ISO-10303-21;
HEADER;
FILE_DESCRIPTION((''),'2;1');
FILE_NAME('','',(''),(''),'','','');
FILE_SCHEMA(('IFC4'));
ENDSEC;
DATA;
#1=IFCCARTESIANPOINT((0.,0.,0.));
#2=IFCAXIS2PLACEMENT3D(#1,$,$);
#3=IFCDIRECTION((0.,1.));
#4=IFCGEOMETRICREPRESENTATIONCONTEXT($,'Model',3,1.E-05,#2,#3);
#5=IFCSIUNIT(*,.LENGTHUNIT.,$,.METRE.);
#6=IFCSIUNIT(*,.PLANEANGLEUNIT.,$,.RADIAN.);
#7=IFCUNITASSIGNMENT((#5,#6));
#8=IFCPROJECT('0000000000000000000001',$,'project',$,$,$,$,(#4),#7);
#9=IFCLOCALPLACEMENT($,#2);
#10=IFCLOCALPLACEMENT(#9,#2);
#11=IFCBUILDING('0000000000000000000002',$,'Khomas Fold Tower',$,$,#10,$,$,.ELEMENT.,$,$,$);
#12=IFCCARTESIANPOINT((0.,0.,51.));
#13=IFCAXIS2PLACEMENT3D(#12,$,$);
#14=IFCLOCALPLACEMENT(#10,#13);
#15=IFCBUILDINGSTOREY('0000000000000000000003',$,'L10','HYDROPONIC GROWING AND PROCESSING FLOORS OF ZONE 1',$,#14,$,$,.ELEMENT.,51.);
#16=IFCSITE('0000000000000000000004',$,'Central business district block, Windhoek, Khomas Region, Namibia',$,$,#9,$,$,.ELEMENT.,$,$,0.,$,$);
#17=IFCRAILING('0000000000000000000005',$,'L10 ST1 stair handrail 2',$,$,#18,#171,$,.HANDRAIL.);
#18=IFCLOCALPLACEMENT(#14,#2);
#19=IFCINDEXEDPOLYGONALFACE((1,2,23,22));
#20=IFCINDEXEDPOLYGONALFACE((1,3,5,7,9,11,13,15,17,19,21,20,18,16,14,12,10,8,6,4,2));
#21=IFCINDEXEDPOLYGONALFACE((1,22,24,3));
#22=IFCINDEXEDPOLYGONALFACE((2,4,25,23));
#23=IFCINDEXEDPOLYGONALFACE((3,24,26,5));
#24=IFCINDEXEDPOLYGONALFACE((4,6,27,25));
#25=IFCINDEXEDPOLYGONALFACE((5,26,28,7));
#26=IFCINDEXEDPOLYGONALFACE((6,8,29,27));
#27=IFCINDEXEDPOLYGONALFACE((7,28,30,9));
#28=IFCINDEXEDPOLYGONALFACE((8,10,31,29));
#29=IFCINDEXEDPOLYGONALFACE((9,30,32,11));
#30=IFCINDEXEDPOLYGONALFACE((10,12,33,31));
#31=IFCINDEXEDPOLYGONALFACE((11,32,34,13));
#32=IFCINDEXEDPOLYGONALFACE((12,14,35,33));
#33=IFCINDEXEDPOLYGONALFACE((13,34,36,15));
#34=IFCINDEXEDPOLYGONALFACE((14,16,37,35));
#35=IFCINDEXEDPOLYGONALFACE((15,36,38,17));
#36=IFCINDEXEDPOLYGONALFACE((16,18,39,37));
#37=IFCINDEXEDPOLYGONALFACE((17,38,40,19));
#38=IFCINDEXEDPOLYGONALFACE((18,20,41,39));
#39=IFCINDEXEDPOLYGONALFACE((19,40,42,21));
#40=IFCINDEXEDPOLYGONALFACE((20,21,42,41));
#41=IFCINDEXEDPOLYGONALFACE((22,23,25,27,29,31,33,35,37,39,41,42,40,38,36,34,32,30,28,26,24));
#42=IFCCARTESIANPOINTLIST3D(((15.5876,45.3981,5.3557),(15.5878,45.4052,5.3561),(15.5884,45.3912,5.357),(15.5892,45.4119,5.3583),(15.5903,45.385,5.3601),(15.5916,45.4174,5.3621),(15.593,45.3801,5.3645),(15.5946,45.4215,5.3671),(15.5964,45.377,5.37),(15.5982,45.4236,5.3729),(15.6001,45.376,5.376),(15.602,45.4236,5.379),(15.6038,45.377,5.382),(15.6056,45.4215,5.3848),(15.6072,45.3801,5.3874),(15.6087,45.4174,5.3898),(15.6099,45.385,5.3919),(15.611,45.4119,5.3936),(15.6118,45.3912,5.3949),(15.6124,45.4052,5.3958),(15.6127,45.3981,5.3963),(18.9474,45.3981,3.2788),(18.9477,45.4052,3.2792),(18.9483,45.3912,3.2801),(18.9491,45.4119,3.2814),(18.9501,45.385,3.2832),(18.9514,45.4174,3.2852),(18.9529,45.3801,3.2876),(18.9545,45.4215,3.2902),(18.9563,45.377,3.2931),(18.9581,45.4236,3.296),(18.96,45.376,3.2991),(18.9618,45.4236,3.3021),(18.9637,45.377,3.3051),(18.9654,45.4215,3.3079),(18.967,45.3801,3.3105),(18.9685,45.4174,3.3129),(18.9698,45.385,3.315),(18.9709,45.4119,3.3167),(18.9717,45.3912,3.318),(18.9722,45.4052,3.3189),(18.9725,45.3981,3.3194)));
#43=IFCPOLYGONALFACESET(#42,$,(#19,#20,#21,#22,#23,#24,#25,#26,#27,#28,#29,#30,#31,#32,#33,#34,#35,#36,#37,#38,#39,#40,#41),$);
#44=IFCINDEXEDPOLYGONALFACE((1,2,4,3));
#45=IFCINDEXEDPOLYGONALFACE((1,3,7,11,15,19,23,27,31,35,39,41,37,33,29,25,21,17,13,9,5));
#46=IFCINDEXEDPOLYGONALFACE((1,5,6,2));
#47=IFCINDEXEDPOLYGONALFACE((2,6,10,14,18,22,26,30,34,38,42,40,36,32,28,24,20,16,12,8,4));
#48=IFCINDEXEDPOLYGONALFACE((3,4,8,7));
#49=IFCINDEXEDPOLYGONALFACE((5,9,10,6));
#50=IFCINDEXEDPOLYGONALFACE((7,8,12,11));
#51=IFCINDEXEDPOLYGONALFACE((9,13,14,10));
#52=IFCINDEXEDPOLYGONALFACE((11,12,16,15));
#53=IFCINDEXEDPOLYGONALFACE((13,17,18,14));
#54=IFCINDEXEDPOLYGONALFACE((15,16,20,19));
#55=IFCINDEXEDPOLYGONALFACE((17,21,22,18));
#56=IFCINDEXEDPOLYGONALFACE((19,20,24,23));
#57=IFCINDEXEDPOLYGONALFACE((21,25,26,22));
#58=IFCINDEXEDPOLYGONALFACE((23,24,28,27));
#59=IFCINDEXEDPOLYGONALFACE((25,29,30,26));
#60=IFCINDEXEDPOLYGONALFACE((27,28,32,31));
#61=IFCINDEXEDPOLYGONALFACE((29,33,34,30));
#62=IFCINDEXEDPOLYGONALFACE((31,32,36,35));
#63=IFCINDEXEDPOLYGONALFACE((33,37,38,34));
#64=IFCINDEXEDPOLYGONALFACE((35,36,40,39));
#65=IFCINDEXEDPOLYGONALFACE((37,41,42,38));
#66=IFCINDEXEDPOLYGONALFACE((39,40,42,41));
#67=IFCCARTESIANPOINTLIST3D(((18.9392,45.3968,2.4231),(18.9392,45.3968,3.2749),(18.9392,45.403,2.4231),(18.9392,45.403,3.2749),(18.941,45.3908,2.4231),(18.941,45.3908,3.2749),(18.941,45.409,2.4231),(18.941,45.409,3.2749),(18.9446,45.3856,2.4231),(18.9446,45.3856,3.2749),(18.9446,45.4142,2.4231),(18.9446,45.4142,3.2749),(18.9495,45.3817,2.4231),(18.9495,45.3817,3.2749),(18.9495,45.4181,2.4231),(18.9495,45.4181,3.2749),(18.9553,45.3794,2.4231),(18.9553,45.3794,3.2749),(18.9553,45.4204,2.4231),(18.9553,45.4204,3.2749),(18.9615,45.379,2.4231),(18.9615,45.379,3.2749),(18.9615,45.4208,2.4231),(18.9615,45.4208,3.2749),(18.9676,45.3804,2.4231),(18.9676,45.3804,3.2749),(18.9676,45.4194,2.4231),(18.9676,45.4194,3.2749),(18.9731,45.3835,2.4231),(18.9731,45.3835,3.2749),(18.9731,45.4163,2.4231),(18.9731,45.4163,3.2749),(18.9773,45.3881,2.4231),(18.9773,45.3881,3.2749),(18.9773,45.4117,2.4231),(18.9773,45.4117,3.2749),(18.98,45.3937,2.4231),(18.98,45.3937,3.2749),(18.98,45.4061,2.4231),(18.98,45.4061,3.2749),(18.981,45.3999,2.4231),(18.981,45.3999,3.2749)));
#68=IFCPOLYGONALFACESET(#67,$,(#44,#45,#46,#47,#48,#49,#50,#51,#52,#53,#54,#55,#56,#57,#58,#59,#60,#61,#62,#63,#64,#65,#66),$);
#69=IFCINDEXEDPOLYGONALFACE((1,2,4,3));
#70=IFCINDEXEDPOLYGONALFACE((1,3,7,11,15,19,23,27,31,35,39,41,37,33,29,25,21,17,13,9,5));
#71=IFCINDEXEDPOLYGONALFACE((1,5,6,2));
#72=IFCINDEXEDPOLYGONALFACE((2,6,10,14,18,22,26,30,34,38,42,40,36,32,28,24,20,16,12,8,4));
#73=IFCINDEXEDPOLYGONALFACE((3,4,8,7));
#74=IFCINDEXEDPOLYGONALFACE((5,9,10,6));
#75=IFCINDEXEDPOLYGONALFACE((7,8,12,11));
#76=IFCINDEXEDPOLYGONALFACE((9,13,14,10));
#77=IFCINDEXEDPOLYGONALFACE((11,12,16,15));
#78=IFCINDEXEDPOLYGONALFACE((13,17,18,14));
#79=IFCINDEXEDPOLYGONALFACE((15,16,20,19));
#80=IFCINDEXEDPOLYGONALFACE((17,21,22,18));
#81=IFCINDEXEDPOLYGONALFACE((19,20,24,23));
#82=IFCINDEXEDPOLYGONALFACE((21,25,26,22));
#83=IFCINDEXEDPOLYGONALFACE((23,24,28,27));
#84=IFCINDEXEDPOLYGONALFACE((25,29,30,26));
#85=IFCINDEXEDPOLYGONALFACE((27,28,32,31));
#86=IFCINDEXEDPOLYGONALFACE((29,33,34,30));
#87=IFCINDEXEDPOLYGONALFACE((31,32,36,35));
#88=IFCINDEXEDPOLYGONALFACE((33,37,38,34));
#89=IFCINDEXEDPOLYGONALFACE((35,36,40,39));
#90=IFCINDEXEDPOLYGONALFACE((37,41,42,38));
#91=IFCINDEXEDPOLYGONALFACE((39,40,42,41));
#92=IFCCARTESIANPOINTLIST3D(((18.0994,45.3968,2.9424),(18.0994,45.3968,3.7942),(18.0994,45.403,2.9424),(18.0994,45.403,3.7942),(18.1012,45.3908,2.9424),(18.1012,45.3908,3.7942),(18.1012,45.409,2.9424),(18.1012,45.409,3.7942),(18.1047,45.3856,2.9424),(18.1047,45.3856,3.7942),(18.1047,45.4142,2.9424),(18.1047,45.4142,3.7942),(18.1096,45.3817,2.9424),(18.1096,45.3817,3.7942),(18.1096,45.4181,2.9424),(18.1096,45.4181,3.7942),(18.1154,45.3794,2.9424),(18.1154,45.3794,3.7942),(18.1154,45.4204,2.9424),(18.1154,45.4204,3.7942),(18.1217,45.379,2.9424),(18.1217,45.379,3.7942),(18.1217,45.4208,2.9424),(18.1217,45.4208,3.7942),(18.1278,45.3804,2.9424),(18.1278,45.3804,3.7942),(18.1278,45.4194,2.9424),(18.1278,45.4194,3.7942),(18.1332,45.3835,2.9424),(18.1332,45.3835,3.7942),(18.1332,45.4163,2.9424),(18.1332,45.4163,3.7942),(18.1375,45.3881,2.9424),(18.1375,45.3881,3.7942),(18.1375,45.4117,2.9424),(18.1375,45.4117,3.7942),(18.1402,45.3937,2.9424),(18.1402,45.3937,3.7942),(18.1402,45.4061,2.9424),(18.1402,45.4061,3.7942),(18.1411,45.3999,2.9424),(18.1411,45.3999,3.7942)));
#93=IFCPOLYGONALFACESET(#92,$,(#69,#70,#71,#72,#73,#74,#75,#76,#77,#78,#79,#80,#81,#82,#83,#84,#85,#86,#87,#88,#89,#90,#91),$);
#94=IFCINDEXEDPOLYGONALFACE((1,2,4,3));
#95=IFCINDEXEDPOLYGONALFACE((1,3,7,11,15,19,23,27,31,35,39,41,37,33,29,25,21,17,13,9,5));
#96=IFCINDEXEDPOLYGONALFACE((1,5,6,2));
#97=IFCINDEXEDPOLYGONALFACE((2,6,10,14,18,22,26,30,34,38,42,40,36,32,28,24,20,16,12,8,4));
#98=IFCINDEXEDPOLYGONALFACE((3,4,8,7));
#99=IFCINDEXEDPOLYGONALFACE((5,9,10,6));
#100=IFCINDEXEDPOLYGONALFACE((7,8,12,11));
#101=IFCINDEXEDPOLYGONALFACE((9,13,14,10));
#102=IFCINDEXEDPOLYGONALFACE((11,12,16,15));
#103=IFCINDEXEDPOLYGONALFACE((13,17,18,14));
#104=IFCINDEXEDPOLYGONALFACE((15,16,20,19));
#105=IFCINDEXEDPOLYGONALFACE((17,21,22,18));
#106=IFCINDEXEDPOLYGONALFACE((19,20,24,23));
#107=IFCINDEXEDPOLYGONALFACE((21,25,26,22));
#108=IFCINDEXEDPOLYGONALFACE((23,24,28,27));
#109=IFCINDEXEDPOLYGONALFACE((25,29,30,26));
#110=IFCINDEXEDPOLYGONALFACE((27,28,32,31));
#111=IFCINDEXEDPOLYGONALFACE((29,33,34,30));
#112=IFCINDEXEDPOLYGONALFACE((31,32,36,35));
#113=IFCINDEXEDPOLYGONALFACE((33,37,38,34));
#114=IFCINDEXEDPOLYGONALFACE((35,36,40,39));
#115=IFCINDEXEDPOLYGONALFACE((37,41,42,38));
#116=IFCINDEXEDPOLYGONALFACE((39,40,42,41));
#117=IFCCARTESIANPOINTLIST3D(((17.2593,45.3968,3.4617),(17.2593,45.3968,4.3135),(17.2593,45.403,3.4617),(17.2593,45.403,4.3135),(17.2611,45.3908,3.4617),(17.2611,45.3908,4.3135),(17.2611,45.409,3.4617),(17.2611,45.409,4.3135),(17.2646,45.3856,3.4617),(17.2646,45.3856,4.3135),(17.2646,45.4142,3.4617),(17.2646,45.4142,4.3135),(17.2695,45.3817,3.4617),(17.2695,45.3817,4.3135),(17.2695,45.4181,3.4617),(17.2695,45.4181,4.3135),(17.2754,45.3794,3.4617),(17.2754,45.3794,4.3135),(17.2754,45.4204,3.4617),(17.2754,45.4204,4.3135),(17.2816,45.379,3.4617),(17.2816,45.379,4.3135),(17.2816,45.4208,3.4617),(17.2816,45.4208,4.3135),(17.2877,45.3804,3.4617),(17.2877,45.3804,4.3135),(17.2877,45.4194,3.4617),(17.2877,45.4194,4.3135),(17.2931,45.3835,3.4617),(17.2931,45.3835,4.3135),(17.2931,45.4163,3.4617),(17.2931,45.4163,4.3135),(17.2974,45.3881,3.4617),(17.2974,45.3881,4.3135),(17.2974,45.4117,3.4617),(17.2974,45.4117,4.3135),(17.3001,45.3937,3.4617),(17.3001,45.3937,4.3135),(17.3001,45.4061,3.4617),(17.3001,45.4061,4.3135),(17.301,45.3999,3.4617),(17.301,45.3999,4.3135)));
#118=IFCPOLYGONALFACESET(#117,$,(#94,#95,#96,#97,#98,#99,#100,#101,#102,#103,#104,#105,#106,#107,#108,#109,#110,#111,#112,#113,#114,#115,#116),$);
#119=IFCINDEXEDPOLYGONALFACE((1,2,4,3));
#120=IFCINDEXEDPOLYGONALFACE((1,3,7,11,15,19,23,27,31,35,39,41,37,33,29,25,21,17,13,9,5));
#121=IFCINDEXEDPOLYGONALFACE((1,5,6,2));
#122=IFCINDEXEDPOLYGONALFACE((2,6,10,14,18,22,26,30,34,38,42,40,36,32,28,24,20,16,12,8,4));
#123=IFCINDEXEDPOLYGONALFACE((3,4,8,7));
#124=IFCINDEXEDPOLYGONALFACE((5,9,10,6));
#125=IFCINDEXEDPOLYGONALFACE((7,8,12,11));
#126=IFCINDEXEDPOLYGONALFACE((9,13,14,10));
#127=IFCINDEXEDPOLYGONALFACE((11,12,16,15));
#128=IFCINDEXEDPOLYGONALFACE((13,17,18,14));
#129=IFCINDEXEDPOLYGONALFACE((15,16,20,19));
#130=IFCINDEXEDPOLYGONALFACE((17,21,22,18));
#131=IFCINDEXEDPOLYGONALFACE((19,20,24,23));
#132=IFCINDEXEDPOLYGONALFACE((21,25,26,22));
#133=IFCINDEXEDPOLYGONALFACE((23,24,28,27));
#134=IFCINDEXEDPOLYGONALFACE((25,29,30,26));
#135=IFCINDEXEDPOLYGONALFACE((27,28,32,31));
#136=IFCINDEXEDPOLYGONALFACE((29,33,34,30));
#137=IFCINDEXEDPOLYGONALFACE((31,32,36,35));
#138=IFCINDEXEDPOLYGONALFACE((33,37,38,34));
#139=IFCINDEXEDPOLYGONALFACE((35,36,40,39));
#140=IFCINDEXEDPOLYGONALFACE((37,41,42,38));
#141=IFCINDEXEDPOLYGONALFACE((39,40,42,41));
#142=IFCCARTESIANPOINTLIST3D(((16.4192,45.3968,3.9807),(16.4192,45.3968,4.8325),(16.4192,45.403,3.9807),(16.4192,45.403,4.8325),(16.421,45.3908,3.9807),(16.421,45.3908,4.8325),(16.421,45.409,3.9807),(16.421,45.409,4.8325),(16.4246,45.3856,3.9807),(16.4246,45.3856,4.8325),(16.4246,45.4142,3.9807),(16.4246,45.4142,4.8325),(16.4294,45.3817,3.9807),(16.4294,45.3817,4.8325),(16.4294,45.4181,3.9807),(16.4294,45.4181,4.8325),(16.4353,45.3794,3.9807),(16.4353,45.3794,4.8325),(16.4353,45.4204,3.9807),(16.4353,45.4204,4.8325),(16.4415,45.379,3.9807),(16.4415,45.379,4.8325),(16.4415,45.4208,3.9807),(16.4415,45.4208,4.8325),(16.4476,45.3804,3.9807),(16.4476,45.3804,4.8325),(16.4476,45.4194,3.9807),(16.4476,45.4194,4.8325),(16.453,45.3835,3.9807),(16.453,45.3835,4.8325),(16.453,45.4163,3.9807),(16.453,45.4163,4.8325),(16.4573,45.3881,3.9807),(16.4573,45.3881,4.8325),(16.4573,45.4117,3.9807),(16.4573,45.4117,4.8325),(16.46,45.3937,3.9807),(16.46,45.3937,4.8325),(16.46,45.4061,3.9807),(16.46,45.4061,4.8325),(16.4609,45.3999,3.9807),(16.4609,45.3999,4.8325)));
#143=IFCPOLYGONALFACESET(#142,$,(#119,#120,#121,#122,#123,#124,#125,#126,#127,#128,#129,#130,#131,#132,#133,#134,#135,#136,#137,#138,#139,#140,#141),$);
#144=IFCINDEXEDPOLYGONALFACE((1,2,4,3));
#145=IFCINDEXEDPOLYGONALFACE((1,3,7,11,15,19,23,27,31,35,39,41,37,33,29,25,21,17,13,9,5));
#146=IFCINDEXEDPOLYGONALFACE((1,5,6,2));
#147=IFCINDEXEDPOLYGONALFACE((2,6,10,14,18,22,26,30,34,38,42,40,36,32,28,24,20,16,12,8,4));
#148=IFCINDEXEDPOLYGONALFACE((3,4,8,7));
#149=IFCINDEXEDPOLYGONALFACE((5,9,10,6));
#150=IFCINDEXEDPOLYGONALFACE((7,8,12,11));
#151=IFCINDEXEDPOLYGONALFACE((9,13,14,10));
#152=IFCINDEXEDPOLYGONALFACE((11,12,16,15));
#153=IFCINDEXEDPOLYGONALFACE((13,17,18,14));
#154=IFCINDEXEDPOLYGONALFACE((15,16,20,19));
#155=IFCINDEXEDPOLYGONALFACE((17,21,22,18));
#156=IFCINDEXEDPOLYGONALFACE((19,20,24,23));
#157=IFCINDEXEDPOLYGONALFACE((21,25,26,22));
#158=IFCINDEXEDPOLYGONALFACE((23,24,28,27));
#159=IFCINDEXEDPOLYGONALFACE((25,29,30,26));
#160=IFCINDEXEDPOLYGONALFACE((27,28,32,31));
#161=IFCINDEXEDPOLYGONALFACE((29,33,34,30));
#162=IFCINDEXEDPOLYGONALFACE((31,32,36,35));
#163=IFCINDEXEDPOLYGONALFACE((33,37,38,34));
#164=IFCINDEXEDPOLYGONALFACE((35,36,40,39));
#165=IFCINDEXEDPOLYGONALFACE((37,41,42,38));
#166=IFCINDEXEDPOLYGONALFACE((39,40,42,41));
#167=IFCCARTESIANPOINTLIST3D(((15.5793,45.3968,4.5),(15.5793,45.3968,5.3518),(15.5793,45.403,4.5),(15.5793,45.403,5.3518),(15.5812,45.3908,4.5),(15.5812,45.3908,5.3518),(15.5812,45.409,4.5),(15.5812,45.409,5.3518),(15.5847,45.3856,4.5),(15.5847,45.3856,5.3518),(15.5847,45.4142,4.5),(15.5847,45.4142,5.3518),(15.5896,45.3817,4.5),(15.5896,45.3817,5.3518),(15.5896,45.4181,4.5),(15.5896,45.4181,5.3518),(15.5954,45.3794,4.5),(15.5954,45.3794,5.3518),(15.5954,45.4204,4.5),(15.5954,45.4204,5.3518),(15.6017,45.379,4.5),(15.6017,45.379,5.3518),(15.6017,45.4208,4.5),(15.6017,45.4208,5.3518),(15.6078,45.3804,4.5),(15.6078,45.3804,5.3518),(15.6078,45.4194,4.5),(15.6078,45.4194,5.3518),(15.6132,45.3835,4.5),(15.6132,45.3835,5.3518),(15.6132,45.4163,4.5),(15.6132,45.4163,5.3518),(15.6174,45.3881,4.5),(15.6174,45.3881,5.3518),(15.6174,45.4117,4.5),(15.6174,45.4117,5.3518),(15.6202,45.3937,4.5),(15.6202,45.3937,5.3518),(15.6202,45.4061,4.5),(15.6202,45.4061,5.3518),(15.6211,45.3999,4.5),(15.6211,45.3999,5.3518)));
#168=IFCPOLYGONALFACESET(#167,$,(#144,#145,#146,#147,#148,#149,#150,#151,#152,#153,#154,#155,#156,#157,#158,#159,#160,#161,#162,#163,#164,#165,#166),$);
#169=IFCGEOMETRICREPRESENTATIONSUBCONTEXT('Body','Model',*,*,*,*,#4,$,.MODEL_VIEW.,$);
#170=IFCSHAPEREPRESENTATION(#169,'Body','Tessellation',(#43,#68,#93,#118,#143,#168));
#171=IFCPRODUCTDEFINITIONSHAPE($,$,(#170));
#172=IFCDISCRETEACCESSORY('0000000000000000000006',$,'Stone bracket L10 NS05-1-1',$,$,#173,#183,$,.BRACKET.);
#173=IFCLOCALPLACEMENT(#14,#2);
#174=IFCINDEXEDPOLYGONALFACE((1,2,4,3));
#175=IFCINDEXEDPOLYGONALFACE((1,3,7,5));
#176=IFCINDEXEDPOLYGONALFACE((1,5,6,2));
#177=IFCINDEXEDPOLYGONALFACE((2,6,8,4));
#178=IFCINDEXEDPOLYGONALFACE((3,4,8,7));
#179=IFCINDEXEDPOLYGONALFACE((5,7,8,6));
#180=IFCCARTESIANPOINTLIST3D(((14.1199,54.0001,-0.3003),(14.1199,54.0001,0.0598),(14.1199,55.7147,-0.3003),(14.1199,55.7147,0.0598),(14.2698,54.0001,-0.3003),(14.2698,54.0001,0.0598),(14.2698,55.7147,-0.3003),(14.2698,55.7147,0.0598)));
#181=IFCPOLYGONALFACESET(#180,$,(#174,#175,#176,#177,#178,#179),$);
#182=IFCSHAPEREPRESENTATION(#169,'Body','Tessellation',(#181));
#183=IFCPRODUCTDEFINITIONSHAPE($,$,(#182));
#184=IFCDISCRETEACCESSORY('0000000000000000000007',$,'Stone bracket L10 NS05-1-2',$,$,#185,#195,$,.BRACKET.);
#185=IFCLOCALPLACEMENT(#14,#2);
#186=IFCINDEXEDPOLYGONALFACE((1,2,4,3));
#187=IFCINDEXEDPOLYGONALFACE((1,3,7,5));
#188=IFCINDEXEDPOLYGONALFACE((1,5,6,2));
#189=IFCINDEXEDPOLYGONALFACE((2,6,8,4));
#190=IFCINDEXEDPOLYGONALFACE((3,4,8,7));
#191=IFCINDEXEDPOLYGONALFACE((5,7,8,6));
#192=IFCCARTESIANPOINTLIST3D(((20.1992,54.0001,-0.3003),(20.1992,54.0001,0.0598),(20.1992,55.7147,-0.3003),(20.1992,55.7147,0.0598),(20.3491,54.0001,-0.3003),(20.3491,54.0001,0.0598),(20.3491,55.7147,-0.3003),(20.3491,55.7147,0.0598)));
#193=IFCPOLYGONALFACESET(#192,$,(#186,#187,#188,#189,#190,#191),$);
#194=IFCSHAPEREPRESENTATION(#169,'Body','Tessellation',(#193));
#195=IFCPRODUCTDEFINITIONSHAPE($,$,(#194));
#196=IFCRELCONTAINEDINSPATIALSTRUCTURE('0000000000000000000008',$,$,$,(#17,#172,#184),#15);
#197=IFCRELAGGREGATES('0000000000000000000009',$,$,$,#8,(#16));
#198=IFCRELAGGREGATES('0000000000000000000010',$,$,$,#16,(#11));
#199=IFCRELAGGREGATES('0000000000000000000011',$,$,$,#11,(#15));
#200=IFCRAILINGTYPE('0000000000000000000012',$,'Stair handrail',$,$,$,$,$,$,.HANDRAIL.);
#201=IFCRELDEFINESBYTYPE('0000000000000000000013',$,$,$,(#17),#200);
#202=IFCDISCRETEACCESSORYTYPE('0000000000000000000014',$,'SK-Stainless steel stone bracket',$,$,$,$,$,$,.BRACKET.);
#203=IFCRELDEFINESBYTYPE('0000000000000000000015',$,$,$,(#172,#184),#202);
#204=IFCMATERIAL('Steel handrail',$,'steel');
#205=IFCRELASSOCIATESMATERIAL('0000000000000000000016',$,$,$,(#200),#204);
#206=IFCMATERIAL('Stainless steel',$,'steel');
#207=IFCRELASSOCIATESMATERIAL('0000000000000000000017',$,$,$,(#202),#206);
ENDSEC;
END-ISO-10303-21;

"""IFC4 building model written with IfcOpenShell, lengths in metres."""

from ifc_helpers import new_model, si_unit, direction, frame, origin, origin_2d, place, context, subcontext, project, spatial, rectangle, circle, extrude, source, transform, mapped, material, type_object, element, save


model = new_model("IFC4")

# Units and contexts
model_context = context("Model", 3, precision=1e-05, world=origin(), true_north=direction((0.0, 1.0)))
body_context = subcontext(model_context, "Body", "Model", "MODEL_VIEW")
ifc_project = project(units=[si_unit("LENGTHUNIT", "METRE"), si_unit("PLANEANGLEUNIT", "RADIAN")], contexts=[model_context])

# Site, building, storey
site_placement = place(None, origin())
site = spatial("IfcSite", under=ifc_project, at=site_placement, Name="Central business district block, Windhoek, Khomas Region, Namibia", CompositionType="ELEMENT", RefElevation=0.0)
building_placement = place(site_placement, origin())
building = spatial("IfcBuilding", under=site, at=building_placement, Name="Khomas Fold Tower", CompositionType="ELEMENT")
storey_placement = place(building_placement, frame((0.0, 0.0, 51.0)))
storey = spatial("IfcBuildingStorey", under=building, at=storey_placement, Name="L10", Description="HYDROPONIC GROWING AND PROCESSING FLOORS OF ZONE 1", CompositionType="ELEMENT", Elevation=51.0)

# Railing
ifc_material_1 = material(Name="Steel handrail", Category="steel")
railing_type_1 = type_object("IfcRailingType", Name="Stair handrail", PredefinedType="HANDRAIL", material=ifc_material_1)
shared_shape_1 = source(origin(), body_context, "Body", "SweptSolid", [
    extrude(circle(Radius=0.0239, at=origin_2d()), frame((0.0, 0.0, 0.876), z_axis=(-0.850606, 0.0, 0.525803), x_axis=(0.0, -1.0, 0.0)), (0.0, 0.0, 1.0), 3.95),
    extrude(circle(Radius=0.021, at=origin_2d()), origin(), (0.0, 0.0, 1.0), 0.8518),
    extrude(circle(Radius=0.021, at=origin_2d()), frame((-0.8398, 0.0, 0.5193)), (0.0, 0.0, 1.0), 0.8518),
    extrude(circle(Radius=0.021, at=origin_2d()), frame((-1.6799, 0.0, 1.0386)), (0.0, 0.0, 1.0), 0.8518),
    extrude(circle(Radius=0.021, at=origin_2d()), frame((-2.52, 0.0, 1.5576)), (0.0, 0.0, 1.0), 0.8518),
    extrude(circle(Radius=0.021, at=origin_2d()), frame((-3.3599, 0.0, 2.0769)), (0.0, 0.0, 1.0), 0.8518),
])
railing_1_placement = place(storey_placement, frame((18.96, 45.3999, 2.4231)))
element("IfcRailing", 1, at=railing_1_placement, inside=storey, type_object=railing_type_1, Name="L10 ST1 stair handrail 2", PredefinedType="HANDRAIL", context=body_context, shape_type="MappedRepresentation", body=[
    mapped(shared_shape_1, transform((0.0, 0.0, 0.0))),
])

# Discrete accessories
ifc_material_2 = material(Name="Stainless steel", Category="steel")
discrete_accessory_type = type_object("IfcDiscreteAccessoryType", Name="SK-Stainless steel stone bracket", PredefinedType="BRACKET", material=ifc_material_2)
shared_shape_2 = source(origin(), body_context, "Body", "SweptSolid", [
    extrude(rectangle(XDim=1.7146, YDim=0.1499, at=origin_2d()), origin(), (0.0, 0.0, 1.0), 0.3601),
])
for number, where, z_axis, x_axis, name in (
    (2, (14.1948, 54.8574, -0.3003), (0.0, 0.0, 1.0), (0.0, 1.0, 0.0), "Stone bracket L10 NS05-1-1"),
    (3, (20.2742, 54.8574, -0.3003), (0.0, 0.0, 1.0), (0.0, 1.0, 0.0), "Stone bracket L10 NS05-1-2"),
):
    element("IfcDiscreteAccessory", number, at=place(storey_placement, frame(where, z_axis=z_axis, x_axis=x_axis)), inside=storey, type_object=discrete_accessory_type, Name=name, PredefinedType="BRACKET", context=body_context, shape_type="MappedRepresentation", body=[
        mapped(shared_shape_2, transform((0.0, 0.0, 0.0))),
    ])

save(model, "model.ifc")
